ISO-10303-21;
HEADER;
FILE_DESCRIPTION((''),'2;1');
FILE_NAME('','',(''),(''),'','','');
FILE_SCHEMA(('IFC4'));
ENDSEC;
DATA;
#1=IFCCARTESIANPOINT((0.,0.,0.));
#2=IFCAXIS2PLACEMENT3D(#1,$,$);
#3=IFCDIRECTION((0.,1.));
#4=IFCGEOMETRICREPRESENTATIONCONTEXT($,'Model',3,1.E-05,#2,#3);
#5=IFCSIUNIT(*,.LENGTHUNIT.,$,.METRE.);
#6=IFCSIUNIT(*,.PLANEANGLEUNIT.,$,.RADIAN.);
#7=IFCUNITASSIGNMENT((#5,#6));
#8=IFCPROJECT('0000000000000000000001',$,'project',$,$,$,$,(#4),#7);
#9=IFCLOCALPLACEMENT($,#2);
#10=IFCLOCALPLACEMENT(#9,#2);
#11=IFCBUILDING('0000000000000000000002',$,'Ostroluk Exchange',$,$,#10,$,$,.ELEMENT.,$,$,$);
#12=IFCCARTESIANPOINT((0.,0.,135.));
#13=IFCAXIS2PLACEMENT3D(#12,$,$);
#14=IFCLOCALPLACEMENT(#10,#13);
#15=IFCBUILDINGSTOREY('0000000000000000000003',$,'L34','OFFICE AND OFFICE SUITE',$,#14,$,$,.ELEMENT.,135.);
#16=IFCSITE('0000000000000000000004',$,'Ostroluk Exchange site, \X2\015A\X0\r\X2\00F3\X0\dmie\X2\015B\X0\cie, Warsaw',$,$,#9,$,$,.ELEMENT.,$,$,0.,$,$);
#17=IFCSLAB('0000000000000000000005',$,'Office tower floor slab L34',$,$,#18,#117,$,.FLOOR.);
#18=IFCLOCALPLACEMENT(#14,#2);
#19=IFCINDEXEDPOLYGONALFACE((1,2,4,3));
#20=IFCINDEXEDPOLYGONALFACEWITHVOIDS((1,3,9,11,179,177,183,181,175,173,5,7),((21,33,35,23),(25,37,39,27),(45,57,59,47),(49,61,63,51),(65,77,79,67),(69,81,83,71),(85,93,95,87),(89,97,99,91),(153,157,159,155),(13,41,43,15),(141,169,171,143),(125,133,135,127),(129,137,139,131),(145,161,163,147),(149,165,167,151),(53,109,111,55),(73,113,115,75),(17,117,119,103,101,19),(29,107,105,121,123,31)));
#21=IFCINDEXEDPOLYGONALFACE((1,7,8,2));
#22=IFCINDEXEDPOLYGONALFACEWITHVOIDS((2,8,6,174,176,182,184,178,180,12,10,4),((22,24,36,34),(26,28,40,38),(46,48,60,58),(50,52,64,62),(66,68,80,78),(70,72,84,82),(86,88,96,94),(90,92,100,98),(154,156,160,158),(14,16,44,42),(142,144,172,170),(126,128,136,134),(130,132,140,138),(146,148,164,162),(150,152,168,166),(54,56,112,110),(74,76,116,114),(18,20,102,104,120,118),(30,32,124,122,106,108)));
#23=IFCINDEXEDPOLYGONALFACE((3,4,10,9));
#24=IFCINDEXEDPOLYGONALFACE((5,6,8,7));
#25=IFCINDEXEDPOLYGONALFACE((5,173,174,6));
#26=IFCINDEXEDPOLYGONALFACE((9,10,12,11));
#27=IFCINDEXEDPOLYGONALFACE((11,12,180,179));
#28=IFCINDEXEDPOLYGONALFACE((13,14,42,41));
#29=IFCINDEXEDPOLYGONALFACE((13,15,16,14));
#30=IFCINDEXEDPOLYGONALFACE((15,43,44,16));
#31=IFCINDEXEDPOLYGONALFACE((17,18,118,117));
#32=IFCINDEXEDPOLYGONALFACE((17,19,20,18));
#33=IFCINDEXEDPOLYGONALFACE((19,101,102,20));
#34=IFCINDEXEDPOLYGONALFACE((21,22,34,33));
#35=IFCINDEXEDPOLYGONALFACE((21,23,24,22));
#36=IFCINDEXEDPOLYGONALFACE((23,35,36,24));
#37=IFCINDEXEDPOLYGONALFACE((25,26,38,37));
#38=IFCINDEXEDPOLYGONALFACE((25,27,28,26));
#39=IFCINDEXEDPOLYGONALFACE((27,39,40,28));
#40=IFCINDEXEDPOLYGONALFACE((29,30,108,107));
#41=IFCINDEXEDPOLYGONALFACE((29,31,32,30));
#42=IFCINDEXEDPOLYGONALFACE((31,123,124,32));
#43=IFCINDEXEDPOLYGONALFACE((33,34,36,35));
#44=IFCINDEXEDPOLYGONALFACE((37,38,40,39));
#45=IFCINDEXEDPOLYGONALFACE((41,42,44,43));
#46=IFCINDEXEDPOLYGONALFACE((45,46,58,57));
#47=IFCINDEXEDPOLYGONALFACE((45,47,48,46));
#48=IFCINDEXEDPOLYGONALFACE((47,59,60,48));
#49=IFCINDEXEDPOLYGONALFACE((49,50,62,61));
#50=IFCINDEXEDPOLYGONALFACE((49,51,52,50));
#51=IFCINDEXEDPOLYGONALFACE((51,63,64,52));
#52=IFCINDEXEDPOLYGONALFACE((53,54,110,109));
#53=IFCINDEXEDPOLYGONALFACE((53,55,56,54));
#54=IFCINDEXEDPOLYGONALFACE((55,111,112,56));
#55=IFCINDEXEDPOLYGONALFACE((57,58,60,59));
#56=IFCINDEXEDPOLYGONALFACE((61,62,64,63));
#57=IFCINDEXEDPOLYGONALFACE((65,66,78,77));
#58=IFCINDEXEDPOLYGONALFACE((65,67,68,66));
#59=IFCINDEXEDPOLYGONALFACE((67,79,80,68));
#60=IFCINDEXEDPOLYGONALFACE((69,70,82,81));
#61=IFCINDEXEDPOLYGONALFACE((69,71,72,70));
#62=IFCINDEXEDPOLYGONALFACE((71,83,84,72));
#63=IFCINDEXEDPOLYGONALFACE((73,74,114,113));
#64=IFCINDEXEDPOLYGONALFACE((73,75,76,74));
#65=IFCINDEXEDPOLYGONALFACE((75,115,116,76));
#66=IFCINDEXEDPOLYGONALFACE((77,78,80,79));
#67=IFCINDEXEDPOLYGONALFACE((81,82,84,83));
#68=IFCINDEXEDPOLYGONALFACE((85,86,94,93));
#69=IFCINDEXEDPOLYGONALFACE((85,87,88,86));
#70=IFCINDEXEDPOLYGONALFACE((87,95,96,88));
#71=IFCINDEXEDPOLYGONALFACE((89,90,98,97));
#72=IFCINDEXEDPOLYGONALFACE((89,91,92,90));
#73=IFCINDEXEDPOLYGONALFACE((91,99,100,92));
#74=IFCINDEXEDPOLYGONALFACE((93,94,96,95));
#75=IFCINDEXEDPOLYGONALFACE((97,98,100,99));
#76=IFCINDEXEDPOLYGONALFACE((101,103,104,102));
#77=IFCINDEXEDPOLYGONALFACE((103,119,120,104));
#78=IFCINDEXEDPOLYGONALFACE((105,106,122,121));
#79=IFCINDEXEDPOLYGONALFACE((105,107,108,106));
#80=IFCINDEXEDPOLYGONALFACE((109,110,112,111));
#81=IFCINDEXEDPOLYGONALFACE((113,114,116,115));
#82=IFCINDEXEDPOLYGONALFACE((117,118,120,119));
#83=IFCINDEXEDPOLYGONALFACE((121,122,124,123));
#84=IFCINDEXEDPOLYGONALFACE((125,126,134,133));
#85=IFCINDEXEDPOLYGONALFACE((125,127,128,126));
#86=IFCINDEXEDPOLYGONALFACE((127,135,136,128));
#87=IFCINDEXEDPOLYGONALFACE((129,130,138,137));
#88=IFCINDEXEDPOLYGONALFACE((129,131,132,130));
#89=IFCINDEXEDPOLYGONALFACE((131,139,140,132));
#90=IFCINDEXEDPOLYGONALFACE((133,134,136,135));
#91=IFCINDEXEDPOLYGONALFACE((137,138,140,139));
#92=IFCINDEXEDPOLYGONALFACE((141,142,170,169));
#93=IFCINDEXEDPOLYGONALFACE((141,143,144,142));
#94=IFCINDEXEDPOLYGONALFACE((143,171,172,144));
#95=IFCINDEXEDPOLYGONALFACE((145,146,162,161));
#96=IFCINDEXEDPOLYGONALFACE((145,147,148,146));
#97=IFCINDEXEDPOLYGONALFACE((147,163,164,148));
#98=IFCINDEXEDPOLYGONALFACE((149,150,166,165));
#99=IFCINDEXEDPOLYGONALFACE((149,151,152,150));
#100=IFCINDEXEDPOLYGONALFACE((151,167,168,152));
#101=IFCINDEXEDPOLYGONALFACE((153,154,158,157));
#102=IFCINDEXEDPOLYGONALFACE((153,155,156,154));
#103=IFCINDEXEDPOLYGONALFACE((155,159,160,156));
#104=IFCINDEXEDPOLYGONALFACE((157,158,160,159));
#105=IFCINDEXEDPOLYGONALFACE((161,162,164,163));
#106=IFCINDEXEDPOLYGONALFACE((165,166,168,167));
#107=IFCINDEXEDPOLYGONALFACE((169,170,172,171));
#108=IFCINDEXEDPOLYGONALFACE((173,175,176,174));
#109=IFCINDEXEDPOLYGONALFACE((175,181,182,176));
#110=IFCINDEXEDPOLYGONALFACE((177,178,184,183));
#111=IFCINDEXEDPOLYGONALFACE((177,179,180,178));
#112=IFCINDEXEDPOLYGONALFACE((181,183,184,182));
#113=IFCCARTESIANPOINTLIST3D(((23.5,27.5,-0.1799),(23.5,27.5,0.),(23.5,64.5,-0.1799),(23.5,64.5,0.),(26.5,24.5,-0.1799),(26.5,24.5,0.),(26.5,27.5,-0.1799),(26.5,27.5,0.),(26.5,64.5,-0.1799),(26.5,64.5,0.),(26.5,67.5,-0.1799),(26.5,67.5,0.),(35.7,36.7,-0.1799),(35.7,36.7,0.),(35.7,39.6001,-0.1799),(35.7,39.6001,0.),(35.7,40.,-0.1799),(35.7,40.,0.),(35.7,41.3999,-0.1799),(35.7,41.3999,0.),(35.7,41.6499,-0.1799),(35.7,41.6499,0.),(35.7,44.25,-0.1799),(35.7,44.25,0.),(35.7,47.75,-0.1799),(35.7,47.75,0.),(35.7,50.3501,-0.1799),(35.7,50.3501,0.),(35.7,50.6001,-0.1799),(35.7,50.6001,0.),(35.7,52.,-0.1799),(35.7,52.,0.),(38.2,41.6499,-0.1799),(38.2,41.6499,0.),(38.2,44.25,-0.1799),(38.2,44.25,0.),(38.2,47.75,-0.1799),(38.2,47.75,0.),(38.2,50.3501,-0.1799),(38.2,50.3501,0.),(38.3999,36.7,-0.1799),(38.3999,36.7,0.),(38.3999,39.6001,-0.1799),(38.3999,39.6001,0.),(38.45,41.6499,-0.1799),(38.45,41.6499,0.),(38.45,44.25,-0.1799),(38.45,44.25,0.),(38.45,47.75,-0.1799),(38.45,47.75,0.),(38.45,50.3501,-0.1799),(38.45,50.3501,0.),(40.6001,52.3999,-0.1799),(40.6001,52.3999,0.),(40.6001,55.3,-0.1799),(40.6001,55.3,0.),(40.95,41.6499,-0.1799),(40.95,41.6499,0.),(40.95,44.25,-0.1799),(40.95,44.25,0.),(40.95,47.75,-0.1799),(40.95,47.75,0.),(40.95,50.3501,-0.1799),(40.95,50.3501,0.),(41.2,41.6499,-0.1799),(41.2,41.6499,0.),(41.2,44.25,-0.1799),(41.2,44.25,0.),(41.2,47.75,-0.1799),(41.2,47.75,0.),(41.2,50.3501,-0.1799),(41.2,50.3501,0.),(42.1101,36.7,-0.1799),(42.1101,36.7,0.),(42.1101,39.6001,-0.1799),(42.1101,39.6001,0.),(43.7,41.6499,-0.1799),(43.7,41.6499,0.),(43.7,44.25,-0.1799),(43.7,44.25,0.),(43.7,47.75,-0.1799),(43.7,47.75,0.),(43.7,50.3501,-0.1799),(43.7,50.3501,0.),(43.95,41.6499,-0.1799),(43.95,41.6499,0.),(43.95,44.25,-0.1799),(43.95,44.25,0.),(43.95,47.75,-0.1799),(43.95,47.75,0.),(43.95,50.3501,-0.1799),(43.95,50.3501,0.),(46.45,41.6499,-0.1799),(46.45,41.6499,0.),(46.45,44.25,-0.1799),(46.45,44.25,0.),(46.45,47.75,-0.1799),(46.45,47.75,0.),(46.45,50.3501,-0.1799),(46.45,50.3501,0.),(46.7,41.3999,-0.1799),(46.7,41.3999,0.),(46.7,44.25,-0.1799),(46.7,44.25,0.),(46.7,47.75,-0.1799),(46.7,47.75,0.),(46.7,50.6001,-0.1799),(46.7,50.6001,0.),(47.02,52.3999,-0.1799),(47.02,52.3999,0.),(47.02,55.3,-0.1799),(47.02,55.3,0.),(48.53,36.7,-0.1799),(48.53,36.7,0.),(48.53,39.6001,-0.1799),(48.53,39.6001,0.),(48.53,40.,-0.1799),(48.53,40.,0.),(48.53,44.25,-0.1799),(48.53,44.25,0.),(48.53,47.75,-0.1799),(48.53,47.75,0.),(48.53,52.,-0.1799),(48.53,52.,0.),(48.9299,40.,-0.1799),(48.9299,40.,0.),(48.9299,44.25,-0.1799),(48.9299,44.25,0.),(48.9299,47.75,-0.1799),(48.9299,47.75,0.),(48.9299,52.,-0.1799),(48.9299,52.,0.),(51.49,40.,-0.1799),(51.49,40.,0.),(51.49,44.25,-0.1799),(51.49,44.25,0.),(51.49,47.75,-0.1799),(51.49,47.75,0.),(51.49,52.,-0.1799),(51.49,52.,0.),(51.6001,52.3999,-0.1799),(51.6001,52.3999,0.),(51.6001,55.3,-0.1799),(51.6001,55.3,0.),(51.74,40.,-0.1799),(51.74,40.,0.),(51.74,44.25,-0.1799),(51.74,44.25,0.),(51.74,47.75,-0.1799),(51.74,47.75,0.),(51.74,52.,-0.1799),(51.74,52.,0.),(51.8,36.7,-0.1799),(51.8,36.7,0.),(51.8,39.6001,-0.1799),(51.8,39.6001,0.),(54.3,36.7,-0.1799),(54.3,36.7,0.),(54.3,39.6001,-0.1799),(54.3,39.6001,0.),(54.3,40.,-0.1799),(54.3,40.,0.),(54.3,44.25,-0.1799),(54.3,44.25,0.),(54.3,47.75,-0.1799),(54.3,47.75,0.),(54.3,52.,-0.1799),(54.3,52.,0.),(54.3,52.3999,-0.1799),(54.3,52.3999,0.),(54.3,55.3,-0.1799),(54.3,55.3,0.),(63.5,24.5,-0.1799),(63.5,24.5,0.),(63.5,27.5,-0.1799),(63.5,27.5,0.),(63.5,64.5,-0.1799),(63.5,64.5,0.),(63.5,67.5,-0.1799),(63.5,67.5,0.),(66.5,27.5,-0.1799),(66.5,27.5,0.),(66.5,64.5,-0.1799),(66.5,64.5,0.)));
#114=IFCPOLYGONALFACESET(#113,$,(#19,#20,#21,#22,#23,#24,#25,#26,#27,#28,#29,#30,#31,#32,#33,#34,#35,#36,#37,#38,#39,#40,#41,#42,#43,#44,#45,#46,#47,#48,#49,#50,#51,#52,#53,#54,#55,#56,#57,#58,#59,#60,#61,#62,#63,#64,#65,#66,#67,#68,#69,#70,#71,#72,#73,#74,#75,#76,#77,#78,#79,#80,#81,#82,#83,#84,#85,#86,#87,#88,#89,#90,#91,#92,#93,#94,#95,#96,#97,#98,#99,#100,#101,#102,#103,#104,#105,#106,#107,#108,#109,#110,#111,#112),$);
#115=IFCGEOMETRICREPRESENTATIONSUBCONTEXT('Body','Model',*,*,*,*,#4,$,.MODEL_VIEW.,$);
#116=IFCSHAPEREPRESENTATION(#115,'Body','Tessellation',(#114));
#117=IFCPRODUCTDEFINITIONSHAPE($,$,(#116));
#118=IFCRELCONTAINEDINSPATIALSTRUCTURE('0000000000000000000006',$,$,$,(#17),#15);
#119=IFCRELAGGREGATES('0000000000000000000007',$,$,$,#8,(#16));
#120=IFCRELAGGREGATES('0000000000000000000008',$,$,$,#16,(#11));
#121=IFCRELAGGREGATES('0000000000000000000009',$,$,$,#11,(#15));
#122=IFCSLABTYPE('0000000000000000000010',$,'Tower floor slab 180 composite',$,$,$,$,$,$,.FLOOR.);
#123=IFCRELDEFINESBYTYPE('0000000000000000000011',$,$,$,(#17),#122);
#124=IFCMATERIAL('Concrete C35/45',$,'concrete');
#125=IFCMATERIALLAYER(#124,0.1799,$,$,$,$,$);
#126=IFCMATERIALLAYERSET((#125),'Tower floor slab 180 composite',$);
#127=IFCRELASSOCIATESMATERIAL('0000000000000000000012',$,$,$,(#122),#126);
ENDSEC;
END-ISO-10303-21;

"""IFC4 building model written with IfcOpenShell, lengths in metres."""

from ifc_helpers import new_model, si_unit, direction, frame, origin, place, context, subcontext, project, spatial, polyline, outline, extrude, material, layer, layer_set, type_object, element, save


model = new_model("IFC4")

# Units and contexts
model_context = context("Model", 3, precision=1e-05, world=origin(), true_north=direction((0.0, 1.0)))
body_context = subcontext(model_context, "Body", "Model", "MODEL_VIEW")
ifc_project = project(units=[si_unit("LENGTHUNIT", "METRE"), si_unit("PLANEANGLEUNIT", "RADIAN")], contexts=[model_context])

# Site, building, storey
site_placement = place(None, origin())
site = spatial("IfcSite", under=ifc_project, at=site_placement, Name="Ostroluk Exchange site, Śródmieście, Warsaw", CompositionType="ELEMENT", RefElevation=0.0)
building_placement = place(site_placement, origin())
building = spatial("IfcBuilding", under=site, at=building_placement, Name="Ostroluk Exchange", CompositionType="ELEMENT")
storey_placement = place(building_placement, frame((0.0, 0.0, 135.0)))
storey = spatial("IfcBuildingStorey", under=building, at=storey_placement, Name="L34", Description="OFFICE AND OFFICE SUITE", CompositionType="ELEMENT", Elevation=135.0)

# Slab
ifc_material_1 = material(Name="Concrete C35/45", Category="concrete")
ifc_layer_1 = layer(ifc_material_1, 0.1799)
ifc_layer_set_1 = layer_set([ifc_layer_1], Name="Tower floor slab 180 composite")
slab_type_1 = type_object("IfcSlabType", Name="Tower floor slab 180 composite", PredefinedType="FLOOR", material=ifc_layer_set_1)
slab_1_placement = place(storey_placement, frame((0.0, 0.0, -0.1799)))
element("IfcSlab", 1, at=slab_1_placement, inside=storey, type_object=slab_type_1, Name="Office tower floor slab L34", PredefinedType="FLOOR", context=body_context, shape_type="SweptSolid", body=[
    extrude(outline(polyline([(26.5, 24.5), (63.5, 24.5), (63.5, 27.5), (66.5, 27.5), (66.5, 64.5), (63.5, 64.5), (63.5, 67.5), (26.5, 67.5), (26.5, 64.5), (23.5, 64.5), (23.5, 27.5), (26.5, 27.5), (26.5, 24.5)]), holes=[polyline([(35.7, 36.7), (38.3999, 36.7), (38.3999, 39.6001), (35.7, 39.6001), (35.7, 36.7)]), polyline([(42.1101, 36.7), (48.53, 36.7), (48.53, 39.6001), (42.1101, 39.6001), (42.1101, 36.7)]), polyline([(51.8, 36.7), (54.3, 36.7), (54.3, 39.6001), (51.8, 39.6001), (51.8, 36.7)]), polyline([(40.6001, 52.3999), (47.02, 52.3999), (47.02, 55.3), (40.6001, 55.3), (40.6001, 52.3999)]), polyline([(51.6001, 52.3999), (54.3, 52.3999), (54.3, 55.3), (51.6001, 55.3), (51.6001, 52.3999)]), polyline([(35.7, 47.75), (38.2, 47.75), (38.2, 50.3501), (35.7, 50.3501), (35.7, 47.75)]), polyline([(38.45, 47.75), (40.95, 47.75), (40.95, 50.3501), (38.45, 50.3501), (38.45, 47.75)]), polyline([(41.2, 47.75), (43.7, 47.75), (43.7, 50.3501), (41.2, 50.3501), (41.2, 47.75)]), polyline([(43.95, 47.75), (46.45, 47.75), (46.45, 50.3501), (43.95, 50.3501), (43.95, 47.75)]), polyline([(35.7, 41.6499), (38.2, 41.6499), (38.2, 44.25), (35.7, 44.25), (35.7, 41.6499)]), polyline([(38.45, 41.6499), (40.95, 41.6499), (40.95, 44.25), (38.45, 44.25), (38.45, 41.6499)]), polyline([(41.2, 41.6499), (43.7, 41.6499), (43.7, 44.25), (41.2, 44.25), (41.2, 41.6499)]), polyline([(43.95, 41.6499), (46.45, 41.6499), (46.45, 44.25), (43.95, 44.25), (43.95, 41.6499)]), polyline([(48.9299, 47.75), (51.49, 47.75), (51.49, 52.0), (48.9299, 52.0), (48.9299, 47.75)]), polyline([(51.74, 47.75), (54.3, 47.75), (54.3, 52.0), (51.74, 52.0), (51.74, 47.75)]), polyline([(48.9299, 40.0), (51.49, 40.0), (51.49, 44.25), (48.9299, 44.25), (48.9299, 40.0)]), polyline([(51.74, 40.0), (54.3, 40.0), (54.3, 44.25), (51.74, 44.25), (51.74, 40.0)]), polyline([(48.53, 52.0), (48.53, 47.75), (46.7, 47.75), (46.7, 50.6001), (35.7, 50.6001), (35.7, 52.0), (48.53, 52.0)]), polyline([(35.7, 40.0), (35.7, 41.3999), (46.7, 41.3999), (46.7, 44.25), (48.53, 44.25), (48.53, 40.0), (35.7, 40.0)])]), origin(), (0.0, 0.0, 1.0), 0.1799),
])

save(model, "model.ifc")
